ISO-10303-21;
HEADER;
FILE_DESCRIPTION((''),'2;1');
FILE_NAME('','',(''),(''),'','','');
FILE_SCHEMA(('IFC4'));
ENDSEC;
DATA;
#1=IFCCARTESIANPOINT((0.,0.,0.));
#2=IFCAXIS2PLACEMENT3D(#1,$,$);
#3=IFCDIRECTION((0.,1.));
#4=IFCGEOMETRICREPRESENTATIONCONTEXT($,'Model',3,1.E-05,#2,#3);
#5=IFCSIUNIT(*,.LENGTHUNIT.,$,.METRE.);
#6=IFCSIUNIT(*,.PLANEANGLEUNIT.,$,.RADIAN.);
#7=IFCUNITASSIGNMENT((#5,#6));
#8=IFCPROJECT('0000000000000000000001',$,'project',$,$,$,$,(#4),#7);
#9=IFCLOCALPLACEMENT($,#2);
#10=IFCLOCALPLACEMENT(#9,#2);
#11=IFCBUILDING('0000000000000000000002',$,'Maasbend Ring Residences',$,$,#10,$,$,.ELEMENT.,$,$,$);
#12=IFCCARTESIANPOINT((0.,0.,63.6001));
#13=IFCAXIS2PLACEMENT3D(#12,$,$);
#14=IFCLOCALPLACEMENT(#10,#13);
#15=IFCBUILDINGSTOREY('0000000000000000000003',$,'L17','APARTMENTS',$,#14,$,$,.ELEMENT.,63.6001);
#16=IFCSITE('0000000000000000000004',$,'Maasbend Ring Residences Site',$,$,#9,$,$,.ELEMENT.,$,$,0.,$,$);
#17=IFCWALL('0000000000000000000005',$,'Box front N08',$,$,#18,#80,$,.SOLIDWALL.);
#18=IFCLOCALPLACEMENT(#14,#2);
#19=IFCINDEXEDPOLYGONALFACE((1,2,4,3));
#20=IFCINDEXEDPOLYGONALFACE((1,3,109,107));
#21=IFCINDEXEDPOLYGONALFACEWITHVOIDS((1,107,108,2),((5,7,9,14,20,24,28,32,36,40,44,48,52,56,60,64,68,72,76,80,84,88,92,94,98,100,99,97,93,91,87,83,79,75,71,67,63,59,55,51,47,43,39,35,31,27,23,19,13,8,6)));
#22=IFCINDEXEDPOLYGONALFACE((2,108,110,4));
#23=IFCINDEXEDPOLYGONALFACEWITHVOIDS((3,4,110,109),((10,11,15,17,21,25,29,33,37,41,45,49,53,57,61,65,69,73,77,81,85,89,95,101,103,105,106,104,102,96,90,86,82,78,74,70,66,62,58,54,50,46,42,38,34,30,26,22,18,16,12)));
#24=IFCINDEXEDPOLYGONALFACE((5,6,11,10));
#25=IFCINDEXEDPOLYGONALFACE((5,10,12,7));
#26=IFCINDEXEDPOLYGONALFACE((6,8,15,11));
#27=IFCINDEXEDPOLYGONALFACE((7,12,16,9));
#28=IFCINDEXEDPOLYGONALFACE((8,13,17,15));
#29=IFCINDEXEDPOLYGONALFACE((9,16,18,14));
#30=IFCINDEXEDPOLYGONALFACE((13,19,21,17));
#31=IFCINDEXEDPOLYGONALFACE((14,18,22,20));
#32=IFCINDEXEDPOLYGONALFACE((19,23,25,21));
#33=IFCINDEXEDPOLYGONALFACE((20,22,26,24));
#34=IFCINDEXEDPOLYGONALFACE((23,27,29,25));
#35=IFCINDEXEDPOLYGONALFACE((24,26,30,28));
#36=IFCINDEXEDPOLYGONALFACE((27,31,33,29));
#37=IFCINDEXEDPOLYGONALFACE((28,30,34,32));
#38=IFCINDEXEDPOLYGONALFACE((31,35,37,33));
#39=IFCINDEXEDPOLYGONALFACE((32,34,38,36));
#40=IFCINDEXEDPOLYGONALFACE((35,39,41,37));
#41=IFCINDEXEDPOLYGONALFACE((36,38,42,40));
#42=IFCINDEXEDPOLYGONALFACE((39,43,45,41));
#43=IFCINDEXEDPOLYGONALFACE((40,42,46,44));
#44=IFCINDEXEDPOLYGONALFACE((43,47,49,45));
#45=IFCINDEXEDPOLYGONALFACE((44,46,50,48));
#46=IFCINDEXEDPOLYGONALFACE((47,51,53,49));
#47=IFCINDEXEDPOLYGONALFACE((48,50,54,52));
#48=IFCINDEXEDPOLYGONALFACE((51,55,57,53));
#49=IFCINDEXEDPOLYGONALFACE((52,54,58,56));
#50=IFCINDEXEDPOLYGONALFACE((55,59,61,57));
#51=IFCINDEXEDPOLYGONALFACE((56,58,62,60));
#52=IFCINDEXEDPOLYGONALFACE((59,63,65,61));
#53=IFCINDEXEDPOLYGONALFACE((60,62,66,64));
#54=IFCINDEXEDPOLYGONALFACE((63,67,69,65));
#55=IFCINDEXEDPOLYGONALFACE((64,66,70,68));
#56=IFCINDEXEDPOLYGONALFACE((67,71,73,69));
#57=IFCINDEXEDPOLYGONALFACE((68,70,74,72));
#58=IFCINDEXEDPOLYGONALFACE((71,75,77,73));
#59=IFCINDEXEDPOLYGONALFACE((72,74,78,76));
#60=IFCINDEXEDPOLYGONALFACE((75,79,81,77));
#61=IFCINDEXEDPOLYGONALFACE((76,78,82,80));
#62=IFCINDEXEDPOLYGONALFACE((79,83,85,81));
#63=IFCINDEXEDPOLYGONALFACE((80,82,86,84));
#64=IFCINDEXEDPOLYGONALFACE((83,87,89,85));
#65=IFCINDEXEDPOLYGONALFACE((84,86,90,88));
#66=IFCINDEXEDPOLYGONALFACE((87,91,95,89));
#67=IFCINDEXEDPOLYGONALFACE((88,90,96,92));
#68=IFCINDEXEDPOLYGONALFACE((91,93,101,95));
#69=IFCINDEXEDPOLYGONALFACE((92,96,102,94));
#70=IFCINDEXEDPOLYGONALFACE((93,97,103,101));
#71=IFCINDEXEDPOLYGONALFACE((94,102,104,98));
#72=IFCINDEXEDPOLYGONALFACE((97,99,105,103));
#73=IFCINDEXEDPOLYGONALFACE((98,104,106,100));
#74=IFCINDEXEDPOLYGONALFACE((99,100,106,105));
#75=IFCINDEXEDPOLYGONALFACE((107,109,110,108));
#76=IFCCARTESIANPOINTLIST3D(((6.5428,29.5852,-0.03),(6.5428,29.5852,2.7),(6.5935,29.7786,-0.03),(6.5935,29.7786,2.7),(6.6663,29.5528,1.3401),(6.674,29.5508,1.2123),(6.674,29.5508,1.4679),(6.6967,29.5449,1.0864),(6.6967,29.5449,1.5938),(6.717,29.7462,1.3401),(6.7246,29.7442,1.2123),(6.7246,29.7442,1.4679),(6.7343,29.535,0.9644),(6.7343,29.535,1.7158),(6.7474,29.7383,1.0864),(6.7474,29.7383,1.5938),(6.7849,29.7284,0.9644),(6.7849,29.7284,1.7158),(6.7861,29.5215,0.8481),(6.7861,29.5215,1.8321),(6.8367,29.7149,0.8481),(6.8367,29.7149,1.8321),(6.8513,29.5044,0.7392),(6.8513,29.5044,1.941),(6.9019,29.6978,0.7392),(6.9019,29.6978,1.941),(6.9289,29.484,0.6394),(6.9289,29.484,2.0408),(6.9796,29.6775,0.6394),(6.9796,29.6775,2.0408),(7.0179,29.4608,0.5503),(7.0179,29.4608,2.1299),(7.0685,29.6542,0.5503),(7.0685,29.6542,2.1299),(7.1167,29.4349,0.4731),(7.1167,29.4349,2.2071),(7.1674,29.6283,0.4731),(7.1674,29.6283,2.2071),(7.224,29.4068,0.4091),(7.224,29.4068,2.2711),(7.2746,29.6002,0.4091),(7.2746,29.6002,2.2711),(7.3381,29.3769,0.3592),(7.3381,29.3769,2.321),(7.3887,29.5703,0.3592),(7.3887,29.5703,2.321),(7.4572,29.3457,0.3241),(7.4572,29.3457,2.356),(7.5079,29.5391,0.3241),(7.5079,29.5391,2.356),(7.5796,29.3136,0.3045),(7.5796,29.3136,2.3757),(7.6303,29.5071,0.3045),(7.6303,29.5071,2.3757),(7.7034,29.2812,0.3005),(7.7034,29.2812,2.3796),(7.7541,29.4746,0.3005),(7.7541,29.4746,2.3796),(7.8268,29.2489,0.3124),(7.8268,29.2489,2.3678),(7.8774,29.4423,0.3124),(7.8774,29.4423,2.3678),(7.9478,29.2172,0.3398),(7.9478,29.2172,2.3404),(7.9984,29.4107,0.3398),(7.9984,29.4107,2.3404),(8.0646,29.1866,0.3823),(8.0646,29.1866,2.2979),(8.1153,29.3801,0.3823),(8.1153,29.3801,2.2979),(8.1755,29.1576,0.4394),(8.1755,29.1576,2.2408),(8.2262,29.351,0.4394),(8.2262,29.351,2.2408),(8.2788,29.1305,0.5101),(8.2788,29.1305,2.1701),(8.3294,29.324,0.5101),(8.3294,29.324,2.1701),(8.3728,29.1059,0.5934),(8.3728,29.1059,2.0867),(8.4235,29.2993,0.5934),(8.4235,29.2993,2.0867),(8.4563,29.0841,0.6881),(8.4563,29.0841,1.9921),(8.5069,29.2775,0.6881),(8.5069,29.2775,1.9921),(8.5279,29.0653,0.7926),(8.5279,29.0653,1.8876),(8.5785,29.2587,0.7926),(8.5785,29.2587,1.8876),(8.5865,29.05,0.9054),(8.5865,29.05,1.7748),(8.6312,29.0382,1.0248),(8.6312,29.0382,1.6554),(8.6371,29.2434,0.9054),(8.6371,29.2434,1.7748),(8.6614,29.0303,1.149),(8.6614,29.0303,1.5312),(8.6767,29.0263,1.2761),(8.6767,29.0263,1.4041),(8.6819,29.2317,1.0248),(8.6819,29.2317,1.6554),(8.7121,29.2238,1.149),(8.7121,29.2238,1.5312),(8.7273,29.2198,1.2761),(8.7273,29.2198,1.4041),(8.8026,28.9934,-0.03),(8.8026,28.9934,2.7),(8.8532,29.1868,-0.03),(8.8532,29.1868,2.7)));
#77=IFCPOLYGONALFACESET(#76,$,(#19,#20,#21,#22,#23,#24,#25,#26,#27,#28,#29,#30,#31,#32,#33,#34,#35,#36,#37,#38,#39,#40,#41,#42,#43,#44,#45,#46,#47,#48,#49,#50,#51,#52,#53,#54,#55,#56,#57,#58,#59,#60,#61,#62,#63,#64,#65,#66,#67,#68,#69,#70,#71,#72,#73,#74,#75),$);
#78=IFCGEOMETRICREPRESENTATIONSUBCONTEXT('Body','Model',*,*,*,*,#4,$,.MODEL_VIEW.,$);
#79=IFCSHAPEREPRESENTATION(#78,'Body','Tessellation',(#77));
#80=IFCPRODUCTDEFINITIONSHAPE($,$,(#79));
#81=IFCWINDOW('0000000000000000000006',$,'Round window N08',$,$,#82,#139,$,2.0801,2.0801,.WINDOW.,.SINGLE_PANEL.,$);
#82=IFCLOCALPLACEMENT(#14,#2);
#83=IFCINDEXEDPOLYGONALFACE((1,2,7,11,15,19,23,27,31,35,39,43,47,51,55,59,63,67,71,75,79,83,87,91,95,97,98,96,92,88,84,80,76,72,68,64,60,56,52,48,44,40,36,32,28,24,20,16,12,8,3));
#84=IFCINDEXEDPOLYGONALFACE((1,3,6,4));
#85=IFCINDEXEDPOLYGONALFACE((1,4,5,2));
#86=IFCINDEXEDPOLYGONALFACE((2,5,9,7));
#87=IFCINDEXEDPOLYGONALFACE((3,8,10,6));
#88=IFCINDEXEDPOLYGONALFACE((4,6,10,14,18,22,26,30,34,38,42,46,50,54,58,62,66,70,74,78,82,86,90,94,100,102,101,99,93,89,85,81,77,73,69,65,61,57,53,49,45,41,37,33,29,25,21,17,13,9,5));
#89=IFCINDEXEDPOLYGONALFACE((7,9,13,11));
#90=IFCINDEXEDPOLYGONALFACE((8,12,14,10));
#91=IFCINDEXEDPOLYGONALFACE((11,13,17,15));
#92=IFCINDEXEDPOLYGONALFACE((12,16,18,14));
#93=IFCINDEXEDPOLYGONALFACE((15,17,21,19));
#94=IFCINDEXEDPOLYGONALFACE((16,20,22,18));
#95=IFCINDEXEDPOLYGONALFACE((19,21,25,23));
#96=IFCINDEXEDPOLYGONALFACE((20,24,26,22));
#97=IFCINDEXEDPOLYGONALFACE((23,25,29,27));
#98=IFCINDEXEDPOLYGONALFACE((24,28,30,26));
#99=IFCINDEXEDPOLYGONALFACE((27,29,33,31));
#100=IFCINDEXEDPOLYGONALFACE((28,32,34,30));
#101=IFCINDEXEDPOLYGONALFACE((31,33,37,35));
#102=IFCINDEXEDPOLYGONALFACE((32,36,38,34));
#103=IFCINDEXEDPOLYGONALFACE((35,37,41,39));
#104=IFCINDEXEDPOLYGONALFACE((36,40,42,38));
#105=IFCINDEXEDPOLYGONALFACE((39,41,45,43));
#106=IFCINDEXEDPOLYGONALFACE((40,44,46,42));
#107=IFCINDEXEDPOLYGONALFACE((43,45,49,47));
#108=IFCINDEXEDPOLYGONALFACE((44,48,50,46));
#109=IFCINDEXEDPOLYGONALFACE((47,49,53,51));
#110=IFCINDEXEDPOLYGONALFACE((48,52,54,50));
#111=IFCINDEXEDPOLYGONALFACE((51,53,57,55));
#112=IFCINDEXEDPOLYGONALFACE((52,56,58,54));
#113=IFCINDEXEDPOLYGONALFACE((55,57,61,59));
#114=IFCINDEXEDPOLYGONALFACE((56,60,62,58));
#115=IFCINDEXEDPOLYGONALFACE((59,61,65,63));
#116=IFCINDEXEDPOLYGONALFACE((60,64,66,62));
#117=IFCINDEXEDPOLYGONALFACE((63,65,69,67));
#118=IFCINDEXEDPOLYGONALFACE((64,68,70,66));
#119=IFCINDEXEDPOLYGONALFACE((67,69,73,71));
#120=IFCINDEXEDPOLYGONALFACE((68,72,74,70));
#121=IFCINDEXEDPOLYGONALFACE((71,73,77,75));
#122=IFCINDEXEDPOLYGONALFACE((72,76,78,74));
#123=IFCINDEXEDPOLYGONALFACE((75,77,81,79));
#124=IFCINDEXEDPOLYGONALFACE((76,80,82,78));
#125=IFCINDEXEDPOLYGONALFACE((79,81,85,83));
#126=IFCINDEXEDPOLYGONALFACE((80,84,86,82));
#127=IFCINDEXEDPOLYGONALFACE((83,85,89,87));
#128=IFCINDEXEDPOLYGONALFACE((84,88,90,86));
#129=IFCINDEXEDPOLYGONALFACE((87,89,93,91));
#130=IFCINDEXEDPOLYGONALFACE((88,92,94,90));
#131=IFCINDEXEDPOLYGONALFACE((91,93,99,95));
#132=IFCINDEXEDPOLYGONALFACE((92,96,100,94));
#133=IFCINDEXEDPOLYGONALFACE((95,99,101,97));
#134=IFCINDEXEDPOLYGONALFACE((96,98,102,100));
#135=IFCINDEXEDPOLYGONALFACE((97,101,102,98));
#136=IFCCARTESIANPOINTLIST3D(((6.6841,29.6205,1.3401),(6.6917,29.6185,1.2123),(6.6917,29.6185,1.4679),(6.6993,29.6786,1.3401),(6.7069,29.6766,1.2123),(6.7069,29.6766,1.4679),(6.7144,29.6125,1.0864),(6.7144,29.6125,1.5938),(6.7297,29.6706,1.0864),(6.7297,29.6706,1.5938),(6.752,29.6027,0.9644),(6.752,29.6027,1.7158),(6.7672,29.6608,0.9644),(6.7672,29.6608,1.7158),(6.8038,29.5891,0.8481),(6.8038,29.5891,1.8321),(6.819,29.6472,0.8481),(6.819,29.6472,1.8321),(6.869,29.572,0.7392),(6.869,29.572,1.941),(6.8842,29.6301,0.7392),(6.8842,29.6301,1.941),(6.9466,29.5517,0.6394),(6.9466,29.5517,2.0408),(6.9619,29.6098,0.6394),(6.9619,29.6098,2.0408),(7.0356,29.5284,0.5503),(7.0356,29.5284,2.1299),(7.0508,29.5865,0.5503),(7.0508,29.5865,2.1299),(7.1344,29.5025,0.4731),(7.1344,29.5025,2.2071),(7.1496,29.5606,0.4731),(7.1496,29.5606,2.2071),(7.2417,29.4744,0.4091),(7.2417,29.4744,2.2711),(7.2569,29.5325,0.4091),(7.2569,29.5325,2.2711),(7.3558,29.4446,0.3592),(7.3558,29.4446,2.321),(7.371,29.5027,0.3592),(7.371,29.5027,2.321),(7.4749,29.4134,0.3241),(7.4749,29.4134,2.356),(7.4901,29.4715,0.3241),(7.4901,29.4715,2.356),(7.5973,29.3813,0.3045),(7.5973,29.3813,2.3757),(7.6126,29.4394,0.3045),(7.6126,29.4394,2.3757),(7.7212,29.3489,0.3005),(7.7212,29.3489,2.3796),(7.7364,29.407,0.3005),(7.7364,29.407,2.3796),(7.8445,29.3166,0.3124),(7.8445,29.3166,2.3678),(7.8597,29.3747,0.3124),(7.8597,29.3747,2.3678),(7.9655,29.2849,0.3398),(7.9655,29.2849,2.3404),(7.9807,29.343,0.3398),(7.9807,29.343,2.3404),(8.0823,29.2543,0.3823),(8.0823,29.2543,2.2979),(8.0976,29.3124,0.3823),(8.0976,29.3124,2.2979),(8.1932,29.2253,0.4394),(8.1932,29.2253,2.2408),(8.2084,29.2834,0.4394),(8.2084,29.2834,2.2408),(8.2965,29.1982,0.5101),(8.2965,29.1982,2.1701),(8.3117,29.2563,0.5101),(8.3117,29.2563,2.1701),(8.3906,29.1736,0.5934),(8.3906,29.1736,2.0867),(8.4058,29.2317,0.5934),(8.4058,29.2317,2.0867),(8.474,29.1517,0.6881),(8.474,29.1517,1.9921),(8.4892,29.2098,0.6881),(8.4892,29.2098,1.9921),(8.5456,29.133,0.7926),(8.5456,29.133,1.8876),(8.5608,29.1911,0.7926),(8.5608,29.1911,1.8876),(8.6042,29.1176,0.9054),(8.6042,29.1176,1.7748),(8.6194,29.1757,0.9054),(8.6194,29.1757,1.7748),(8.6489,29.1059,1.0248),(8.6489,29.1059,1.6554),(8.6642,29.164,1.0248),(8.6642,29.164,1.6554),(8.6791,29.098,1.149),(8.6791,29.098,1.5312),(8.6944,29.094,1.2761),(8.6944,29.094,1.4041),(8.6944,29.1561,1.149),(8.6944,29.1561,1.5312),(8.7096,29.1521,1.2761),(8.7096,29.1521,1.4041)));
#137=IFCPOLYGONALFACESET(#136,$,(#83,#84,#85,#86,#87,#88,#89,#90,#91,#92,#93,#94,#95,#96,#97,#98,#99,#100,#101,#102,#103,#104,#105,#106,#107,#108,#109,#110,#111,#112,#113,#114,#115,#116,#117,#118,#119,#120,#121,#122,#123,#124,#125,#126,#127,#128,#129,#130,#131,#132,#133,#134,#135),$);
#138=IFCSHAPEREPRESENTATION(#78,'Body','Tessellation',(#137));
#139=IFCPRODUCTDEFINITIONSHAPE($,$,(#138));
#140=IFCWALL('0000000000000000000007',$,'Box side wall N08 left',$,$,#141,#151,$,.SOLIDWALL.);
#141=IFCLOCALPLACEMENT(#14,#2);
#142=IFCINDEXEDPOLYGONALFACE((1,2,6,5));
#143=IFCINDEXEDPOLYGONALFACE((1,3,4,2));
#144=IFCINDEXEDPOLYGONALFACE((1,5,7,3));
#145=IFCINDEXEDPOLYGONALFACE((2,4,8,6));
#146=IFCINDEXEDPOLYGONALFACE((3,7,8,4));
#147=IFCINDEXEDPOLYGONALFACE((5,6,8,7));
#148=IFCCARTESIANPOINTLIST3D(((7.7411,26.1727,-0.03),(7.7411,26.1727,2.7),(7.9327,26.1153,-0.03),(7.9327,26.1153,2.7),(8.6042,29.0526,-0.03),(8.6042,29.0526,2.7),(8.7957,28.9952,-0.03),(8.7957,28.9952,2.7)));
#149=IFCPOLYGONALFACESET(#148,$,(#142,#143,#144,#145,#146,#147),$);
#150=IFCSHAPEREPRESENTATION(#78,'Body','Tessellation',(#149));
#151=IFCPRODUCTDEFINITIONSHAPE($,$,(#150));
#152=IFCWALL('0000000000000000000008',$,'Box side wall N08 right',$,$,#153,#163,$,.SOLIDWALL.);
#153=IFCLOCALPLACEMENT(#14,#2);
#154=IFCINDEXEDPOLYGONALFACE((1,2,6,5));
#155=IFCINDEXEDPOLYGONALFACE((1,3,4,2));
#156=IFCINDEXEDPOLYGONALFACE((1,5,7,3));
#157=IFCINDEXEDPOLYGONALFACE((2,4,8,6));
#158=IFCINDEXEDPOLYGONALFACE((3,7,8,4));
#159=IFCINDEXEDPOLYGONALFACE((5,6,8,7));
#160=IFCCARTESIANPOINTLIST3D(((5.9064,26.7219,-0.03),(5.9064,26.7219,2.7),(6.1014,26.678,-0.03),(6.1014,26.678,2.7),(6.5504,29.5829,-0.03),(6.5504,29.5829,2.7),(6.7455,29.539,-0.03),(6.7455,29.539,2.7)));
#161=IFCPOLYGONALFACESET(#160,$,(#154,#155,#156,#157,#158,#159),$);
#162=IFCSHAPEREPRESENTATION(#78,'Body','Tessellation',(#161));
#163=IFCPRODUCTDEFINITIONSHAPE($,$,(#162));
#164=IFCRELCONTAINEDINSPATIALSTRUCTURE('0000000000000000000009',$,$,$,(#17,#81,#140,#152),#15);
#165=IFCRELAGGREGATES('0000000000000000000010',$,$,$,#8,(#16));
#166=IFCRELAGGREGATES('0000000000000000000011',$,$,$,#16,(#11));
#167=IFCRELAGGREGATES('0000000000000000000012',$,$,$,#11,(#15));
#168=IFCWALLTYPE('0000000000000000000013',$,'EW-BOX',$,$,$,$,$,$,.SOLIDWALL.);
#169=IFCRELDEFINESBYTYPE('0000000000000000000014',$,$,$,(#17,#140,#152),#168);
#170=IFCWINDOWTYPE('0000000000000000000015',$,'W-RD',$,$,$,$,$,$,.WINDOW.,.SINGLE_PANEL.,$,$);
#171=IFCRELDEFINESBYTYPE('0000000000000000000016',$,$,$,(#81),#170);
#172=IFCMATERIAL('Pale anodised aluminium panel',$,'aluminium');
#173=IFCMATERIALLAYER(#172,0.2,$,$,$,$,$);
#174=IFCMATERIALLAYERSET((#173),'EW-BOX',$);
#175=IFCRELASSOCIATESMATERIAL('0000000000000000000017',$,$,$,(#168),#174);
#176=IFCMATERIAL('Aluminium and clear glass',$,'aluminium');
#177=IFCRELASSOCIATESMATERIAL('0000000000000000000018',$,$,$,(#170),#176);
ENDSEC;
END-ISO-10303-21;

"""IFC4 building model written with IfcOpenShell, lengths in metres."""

from ifc_helpers import new_model, si_unit, direction, frame, frame_2d, origin, place, context, subcontext, project, spatial, rectangle, circle, extrude, material, layer, layer_set, type_object, element, fill, save


model = new_model("IFC4")

# Units and contexts
model_context = context("Model", 3, precision=1e-05, world=origin(), true_north=direction((0.0, 1.0)))
body_context = subcontext(model_context, "Body", "Model", "MODEL_VIEW")
ifc_project = project(units=[si_unit("LENGTHUNIT", "METRE"), si_unit("PLANEANGLEUNIT", "RADIAN")], contexts=[model_context])

# Site, building, storey
site_placement = place(None, origin())
site = spatial("IfcSite", under=ifc_project, at=site_placement, Name="Maasbend Ring Residences Site", CompositionType="ELEMENT", RefElevation=0.0)
building_placement = place(site_placement, origin())
building = spatial("IfcBuilding", under=site, at=building_placement, Name="Maasbend Ring Residences", CompositionType="ELEMENT")
storey_placement = place(building_placement, frame((0.0, 0.0, 63.6001)))
storey = spatial("IfcBuildingStorey", under=building, at=storey_placement, Name="L17", Description="APARTMENTS", CompositionType="ELEMENT", Elevation=63.6001)

# Wall, opening, window
ifc_material_1 = material(Name="Pale anodised aluminium panel", Category="aluminium")
ifc_layer_1 = layer(ifc_material_1, 0.2)
ifc_layer_set_1 = layer_set([ifc_layer_1], Name="EW-BOX")
wall_type_1 = type_object("IfcWallType", Name="EW-BOX", PredefinedType="SOLIDWALL", material=ifc_layer_set_1)
wall_1_placement = place(storey_placement, frame((8.8279, 29.0901, -0.03), z_axis=(0.0, 0.0, 1.0), x_axis=(-0.967377, 0.253341, 0.0)))
wall_1 = element("IfcWall", 1, at=wall_1_placement, inside=storey, type_object=wall_type_1, Name="Box front N08", PredefinedType="SOLIDWALL", context=body_context, shape_type="SweptSolid", body=[
    extrude(rectangle(XDim=2.3359, YDim=0.2, at=frame_2d((1.168, 0.0))), origin(), (0.0, 0.0, 1.0), 2.73),
])
opening_1_placement = place(wall_1_placement, frame((0.1282, 0.0, 0.3301)))
opening_1 = element("IfcOpeningElement", 2, at=opening_1_placement, cuts=wall_1, PredefinedType="OPENING", context=body_context, shape_type="SweptSolid", body=[
    extrude(circle(Radius=1.04, at=frame_2d((1.04, 1.04))), frame((0.0, 0.1099, 0.0), z_axis=(0.0, -1.0, 0.0), x_axis=(1.0, 0.0, 0.0)), (0.0, 0.0, 1.0), 0.22),
])
ifc_material_2 = material(Name="Aluminium and clear glass", Category="aluminium")
window_type_1 = type_object("IfcWindowType", Name="W-RD", PartitioningType="SINGLE_PANEL", PredefinedType="WINDOW", material=ifc_material_2)
window_1_placement = place(opening_1_placement, origin())
window_1 = element("IfcWindow", 3, at=window_1_placement, inside=storey, type_object=window_type_1, Name="Round window N08", OverallHeight=2.0801, OverallWidth=2.0801, PartitioningType="SINGLE_PANEL", PredefinedType="WINDOW", context=body_context, shape_type="SweptSolid", body=[
    extrude(circle(Radius=1.04, at=frame_2d((1.04, 1.04))), frame((0.0, 0.03, 0.0), z_axis=(0.0, -1.0, 0.0), x_axis=(1.0, 0.0, 0.0)), (0.0, 0.0, 1.0), 0.0601),
])
fill(opening_1, window_1)

# Walls
wall_2_placement = place(storey_placement, frame((7.8369, 26.144, -0.03), z_axis=(0.0, 0.0, 1.0), x_axis=(0.287065, 0.957911, 0.0)))
element("IfcWall", 4, at=wall_2_placement, inside=storey, type_object=wall_type_1, Name="Box side wall N08 left", PredefinedType="SOLIDWALL", context=body_context, shape_type="SweptSolid", body=[
    extrude(rectangle(XDim=3.0063, YDim=0.2, at=frame_2d((1.5032, 0.0))), origin(), (0.0, 0.0, 1.0), 2.73),
])
wall_3_placement = place(storey_placement, frame((6.0039, 26.7, -0.03), z_axis=(0.0, 0.0, 1.0), x_axis=(0.219609, 0.975588, 0.0)))
element("IfcWall", 5, at=wall_3_placement, inside=storey, type_object=wall_type_1, Name="Box side wall N08 right", PredefinedType="SOLIDWALL", context=body_context, shape_type="SweptSolid", body=[
    extrude(rectangle(XDim=2.9326, YDim=0.2, at=frame_2d((1.4663, 0.0))), origin(), (0.0, 0.0, 1.0), 2.73),
])

save(model, "model.ifc")
